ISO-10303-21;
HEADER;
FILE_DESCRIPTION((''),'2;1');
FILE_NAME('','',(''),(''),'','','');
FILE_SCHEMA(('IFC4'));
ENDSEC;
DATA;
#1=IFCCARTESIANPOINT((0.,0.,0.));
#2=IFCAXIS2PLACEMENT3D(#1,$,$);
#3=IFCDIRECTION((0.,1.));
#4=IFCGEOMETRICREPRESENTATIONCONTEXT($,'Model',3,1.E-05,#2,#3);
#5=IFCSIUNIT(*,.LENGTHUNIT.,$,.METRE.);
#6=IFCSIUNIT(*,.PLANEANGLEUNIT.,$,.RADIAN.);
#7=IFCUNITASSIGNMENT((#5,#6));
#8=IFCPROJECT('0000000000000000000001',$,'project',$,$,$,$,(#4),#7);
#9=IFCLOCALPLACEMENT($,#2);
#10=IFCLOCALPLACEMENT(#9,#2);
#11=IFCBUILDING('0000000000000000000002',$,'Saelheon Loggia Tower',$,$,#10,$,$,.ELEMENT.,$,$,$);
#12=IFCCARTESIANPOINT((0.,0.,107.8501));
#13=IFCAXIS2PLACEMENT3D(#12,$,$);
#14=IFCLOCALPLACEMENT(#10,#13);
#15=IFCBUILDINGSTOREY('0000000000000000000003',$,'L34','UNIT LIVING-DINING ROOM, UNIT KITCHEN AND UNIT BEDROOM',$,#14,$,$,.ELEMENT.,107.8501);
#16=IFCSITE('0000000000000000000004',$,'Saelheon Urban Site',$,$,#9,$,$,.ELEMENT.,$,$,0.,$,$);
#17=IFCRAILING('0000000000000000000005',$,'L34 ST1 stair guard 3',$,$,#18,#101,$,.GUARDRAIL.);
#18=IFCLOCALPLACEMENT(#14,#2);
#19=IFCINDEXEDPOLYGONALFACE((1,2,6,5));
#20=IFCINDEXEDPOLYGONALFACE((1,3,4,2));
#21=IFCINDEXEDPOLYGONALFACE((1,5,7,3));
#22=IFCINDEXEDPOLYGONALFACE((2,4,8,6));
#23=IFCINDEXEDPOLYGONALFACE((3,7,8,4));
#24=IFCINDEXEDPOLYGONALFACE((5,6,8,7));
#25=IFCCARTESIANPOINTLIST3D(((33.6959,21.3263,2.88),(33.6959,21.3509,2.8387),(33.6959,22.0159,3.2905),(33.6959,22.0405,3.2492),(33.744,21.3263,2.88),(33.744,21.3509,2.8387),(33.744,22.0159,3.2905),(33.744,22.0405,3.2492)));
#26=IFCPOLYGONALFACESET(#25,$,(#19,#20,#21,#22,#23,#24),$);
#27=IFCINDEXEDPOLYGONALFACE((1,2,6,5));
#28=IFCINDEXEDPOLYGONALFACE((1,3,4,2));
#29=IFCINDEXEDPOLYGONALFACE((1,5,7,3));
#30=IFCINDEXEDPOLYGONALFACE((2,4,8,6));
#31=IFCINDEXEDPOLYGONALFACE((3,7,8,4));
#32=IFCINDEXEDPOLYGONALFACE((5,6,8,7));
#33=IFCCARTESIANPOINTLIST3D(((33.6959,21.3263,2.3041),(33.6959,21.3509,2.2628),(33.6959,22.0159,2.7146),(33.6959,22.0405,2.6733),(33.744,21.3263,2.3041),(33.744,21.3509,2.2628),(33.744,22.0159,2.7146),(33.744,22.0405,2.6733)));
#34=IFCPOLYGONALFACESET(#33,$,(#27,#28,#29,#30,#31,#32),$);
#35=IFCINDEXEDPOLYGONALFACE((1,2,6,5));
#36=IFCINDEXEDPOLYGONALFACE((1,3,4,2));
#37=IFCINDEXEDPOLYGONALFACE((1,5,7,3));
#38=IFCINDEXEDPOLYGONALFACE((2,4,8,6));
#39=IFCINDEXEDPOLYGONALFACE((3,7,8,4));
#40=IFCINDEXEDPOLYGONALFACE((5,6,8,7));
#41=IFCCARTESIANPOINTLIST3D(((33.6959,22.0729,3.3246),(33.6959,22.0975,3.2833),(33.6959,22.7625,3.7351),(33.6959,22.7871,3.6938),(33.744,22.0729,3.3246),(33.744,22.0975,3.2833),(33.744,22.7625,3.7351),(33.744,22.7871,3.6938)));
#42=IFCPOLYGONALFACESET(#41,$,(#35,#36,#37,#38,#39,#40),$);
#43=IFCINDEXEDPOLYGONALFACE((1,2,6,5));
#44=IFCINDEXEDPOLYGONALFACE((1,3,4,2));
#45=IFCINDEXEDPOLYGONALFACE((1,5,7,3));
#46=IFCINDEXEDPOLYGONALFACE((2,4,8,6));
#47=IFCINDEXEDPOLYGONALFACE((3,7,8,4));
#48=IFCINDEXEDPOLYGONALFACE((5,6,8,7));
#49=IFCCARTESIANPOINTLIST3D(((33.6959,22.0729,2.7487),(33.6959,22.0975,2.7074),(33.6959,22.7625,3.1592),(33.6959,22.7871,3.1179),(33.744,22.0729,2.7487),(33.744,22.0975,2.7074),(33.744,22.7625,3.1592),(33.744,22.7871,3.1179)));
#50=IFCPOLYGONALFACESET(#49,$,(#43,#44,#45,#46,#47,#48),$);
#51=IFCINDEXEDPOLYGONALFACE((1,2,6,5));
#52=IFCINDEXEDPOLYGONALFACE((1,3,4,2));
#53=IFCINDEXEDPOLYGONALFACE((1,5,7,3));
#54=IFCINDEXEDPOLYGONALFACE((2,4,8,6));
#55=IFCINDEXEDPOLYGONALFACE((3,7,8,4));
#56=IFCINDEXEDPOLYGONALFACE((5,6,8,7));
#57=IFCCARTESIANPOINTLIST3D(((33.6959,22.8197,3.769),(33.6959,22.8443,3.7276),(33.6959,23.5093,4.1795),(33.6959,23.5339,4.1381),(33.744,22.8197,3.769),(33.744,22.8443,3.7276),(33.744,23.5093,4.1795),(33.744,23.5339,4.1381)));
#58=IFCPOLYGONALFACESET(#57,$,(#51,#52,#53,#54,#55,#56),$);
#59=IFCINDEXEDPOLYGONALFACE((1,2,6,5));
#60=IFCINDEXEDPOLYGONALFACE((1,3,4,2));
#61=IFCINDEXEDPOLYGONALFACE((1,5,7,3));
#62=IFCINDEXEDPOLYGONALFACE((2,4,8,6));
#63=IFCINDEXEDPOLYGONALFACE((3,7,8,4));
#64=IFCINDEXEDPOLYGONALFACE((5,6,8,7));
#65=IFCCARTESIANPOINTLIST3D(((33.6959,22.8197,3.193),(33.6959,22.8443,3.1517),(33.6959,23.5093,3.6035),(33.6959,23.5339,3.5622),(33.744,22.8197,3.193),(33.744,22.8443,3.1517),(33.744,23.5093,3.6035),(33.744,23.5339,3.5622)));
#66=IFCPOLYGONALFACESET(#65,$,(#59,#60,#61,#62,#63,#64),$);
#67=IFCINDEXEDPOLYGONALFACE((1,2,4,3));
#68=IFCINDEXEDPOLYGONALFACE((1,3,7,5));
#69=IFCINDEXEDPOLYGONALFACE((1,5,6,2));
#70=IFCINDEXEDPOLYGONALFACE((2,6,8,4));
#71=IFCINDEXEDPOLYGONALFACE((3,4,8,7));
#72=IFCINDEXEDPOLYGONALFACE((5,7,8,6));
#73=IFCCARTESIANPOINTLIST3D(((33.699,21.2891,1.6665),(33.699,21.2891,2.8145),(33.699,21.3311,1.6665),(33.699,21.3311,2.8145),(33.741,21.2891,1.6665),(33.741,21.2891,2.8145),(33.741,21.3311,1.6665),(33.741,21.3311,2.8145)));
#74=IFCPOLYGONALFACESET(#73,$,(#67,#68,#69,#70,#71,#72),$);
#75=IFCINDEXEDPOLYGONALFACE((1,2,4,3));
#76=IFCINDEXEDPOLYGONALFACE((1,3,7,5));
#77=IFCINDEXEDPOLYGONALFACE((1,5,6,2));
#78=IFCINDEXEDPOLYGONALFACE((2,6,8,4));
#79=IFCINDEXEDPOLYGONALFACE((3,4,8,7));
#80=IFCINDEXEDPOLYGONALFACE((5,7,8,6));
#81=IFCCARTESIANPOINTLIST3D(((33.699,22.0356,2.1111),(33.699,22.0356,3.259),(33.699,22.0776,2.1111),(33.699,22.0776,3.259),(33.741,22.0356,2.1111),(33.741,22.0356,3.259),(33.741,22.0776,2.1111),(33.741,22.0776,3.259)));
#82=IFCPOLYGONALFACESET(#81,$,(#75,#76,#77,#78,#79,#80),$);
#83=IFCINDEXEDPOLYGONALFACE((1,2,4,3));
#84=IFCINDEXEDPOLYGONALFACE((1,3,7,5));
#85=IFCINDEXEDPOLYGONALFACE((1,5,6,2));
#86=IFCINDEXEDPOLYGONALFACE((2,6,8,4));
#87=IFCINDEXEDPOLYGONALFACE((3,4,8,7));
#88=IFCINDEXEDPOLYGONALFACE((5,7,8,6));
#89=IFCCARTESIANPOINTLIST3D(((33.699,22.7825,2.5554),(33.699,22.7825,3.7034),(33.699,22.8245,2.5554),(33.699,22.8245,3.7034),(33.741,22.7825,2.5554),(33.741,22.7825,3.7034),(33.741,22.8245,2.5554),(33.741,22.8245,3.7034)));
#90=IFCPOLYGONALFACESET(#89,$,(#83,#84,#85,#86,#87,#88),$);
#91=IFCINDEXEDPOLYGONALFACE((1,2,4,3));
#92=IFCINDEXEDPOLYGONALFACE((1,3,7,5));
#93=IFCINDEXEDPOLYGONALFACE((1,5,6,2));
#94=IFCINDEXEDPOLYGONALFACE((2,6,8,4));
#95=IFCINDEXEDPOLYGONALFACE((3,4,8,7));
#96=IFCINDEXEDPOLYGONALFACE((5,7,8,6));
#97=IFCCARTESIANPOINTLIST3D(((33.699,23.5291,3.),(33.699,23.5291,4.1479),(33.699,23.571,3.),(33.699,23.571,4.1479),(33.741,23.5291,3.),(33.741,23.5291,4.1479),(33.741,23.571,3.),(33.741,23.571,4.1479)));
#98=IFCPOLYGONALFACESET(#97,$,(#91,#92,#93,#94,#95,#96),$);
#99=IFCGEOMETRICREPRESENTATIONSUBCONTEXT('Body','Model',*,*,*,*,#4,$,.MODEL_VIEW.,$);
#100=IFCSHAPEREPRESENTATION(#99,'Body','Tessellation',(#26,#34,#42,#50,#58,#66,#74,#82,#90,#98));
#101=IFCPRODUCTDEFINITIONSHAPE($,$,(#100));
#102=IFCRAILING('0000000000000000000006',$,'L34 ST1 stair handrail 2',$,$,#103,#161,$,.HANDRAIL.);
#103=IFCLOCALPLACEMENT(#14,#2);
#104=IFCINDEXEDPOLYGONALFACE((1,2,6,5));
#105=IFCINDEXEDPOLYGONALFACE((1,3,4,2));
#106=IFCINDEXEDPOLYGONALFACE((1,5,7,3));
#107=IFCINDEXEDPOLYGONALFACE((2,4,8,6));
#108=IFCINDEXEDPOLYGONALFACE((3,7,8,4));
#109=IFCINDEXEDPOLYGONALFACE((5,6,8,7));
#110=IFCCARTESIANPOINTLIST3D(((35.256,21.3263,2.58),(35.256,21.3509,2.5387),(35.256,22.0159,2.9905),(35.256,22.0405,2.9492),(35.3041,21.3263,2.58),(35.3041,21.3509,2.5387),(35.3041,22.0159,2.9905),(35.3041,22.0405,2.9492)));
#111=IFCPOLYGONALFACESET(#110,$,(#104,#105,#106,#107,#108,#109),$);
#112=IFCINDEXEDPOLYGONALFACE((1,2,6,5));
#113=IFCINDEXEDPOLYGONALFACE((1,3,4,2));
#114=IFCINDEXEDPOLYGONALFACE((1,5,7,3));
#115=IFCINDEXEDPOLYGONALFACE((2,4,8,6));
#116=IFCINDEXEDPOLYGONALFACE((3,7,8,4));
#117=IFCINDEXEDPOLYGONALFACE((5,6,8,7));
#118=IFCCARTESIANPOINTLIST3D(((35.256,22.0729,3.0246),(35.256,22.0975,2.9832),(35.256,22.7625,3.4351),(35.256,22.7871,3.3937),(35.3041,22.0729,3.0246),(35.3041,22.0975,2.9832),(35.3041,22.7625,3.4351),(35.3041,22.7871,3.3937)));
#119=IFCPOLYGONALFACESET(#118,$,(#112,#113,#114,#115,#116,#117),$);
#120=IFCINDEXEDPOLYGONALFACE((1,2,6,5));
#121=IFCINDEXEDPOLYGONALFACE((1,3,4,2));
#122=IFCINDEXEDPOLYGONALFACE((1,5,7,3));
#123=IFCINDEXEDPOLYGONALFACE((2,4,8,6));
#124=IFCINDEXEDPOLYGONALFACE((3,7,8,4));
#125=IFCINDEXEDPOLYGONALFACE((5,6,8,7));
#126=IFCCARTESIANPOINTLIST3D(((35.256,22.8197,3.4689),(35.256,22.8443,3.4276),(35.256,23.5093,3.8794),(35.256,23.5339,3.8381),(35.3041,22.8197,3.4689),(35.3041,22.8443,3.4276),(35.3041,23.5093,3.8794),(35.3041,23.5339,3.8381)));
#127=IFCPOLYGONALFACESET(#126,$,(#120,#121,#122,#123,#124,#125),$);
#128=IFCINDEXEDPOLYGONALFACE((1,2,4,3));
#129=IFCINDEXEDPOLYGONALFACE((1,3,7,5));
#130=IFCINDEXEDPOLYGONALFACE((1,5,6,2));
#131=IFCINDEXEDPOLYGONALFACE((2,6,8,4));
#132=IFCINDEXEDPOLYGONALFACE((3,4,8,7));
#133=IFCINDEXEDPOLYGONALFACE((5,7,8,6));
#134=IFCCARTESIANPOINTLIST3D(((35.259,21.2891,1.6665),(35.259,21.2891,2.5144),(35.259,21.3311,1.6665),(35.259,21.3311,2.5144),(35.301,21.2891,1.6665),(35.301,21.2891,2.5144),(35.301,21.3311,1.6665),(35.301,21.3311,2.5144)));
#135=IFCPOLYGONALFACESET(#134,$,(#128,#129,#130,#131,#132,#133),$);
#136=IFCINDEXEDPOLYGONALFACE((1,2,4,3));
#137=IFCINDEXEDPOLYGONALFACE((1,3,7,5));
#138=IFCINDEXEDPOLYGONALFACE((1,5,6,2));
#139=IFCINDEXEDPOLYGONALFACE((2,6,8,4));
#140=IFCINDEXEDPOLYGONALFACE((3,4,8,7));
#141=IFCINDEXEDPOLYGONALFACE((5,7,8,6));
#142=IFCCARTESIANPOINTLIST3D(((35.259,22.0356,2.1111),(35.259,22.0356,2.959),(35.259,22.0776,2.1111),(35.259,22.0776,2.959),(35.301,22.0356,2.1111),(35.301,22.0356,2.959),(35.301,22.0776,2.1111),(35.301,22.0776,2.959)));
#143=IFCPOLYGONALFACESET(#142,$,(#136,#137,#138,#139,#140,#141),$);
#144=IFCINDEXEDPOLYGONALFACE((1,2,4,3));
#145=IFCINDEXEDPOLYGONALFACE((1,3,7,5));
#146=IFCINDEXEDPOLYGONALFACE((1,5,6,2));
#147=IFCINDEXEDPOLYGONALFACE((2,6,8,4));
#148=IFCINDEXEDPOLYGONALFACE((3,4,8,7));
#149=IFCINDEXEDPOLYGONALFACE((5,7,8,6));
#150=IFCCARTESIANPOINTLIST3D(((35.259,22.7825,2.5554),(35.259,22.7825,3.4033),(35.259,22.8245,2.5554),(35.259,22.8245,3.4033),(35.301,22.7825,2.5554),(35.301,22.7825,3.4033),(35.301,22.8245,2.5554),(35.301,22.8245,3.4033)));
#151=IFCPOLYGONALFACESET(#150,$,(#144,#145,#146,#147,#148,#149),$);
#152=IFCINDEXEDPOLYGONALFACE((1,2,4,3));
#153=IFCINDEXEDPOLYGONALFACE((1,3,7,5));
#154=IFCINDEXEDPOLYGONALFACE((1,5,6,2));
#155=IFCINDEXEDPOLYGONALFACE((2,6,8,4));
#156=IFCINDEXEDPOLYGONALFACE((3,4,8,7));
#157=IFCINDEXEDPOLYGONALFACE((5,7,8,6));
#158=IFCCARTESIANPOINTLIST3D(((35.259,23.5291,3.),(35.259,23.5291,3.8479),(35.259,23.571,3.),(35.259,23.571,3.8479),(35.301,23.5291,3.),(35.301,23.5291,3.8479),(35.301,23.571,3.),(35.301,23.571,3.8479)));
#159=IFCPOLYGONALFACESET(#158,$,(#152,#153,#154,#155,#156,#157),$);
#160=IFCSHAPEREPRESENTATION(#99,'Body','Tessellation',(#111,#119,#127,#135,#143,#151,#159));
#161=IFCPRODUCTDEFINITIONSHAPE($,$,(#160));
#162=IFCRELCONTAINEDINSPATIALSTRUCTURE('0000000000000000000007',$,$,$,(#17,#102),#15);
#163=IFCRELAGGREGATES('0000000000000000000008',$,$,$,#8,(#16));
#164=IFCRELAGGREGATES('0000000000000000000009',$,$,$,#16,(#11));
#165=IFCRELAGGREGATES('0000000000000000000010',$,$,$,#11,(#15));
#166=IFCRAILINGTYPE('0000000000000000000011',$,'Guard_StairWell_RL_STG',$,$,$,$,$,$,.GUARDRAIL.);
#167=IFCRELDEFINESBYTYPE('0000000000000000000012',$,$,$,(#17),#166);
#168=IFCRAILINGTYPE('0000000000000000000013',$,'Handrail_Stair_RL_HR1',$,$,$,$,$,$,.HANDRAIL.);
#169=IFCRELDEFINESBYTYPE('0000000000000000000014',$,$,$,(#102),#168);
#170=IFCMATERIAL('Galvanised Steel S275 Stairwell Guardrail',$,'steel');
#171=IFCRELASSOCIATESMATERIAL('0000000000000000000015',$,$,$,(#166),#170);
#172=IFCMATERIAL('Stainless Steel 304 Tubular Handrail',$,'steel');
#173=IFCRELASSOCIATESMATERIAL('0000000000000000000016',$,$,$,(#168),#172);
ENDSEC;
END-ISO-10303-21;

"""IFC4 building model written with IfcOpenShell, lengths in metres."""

from ifc_helpers import new_model, si_unit, direction, frame, origin, origin_2d, place, context, subcontext, project, spatial, rectangle, extrude, material, type_object, element, save


model = new_model("IFC4")

# Units and contexts
model_context = context("Model", 3, precision=1e-05, world=origin(), true_north=direction((0.0, 1.0)))
body_context = subcontext(model_context, "Body", "Model", "MODEL_VIEW")
ifc_project = project(units=[si_unit("LENGTHUNIT", "METRE"), si_unit("PLANEANGLEUNIT", "RADIAN")], contexts=[model_context])

# Site, building, storey
site_placement = place(None, origin())
site = spatial("IfcSite", under=ifc_project, at=site_placement, Name="Saelheon Urban Site", CompositionType="ELEMENT", RefElevation=0.0)
building_placement = place(site_placement, origin())
building = spatial("IfcBuilding", under=site, at=building_placement, Name="Saelheon Loggia Tower", CompositionType="ELEMENT")
storey_placement = place(building_placement, frame((0.0, 0.0, 107.8501)))
storey = spatial("IfcBuildingStorey", under=building, at=storey_placement, Name="L34", Description="UNIT LIVING-DINING ROOM, UNIT KITCHEN AND UNIT BEDROOM", CompositionType="ELEMENT", Elevation=107.8501)

# Railings
ifc_material_1 = material(Name="Galvanised Steel S275 Stairwell Guardrail", Category="steel")
railing_type_1 = type_object("IfcRailingType", Name="Guard_StairWell_RL_STG", PredefinedType="GUARDRAIL", material=ifc_material_1)
railing_1_placement = place(storey_placement, frame((33.72, 21.3101, 1.6665)))
element("IfcRailing", 1, at=railing_1_placement, inside=storey, type_object=railing_type_1, Name="L34 ST1 stair guard 3", PredefinedType="GUARDRAIL", context=body_context, shape_type="SweptSolid", body=[
    extrude(rectangle(XDim=0.0481, YDim=0.0481, at=origin_2d()), frame((0.0, 0.0286, 1.1929), z_axis=(0.0, 0.859264, 0.511532), x_axis=(-1.0, 0.0, 0.0)), (0.0, 0.0, 1.0), 0.8025),
    extrude(rectangle(XDim=0.0481, YDim=0.0481, at=origin_2d()), frame((0.0, 0.0286, 0.6169), z_axis=(0.0, 0.859264, 0.511532), x_axis=(-1.0, 0.0, 0.0)), (0.0, 0.0, 1.0), 0.8025),
    extrude(rectangle(XDim=0.0481, YDim=0.0481, at=origin_2d()), frame((0.0, 0.7751, 1.6375), z_axis=(0.0, 0.859264, 0.511532), x_axis=(-1.0, 0.0, 0.0)), (0.0, 0.0, 1.0), 0.8025),
    extrude(rectangle(XDim=0.0481, YDim=0.0481, at=origin_2d()), frame((0.0, 0.7751, 1.0615), z_axis=(0.0, 0.859264, 0.511532), x_axis=(-1.0, 0.0, 0.0)), (0.0, 0.0, 1.0), 0.8025),
    extrude(rectangle(XDim=0.0481, YDim=0.0481, at=origin_2d()), frame((0.0, 1.522, 2.0818), z_axis=(0.0, 0.859264, 0.511532), x_axis=(-1.0, 0.0, 0.0)), (0.0, 0.0, 1.0), 0.8025),
    extrude(rectangle(XDim=0.0481, YDim=0.0481, at=origin_2d()), frame((0.0, 1.522, 1.5059), z_axis=(0.0, 0.859264, 0.511532), x_axis=(-1.0, 0.0, 0.0)), (0.0, 0.0, 1.0), 0.8025),
    extrude(rectangle(XDim=0.042, YDim=0.042, at=origin_2d()), origin(), (0.0, 0.0, 1.0), 1.1479),
    extrude(rectangle(XDim=0.042, YDim=0.042, at=origin_2d()), frame((0.0, 0.7466, 0.4446)), (0.0, 0.0, 1.0), 1.1479),
    extrude(rectangle(XDim=0.042, YDim=0.042, at=origin_2d()), frame((0.0, 1.4934, 0.8889)), (0.0, 0.0, 1.0), 1.1479),
    extrude(rectangle(XDim=0.042, YDim=0.042, at=origin_2d()), frame((0.0, 2.24, 1.3335)), (0.0, 0.0, 1.0), 1.1479),
])
ifc_material_2 = material(Name="Stainless Steel 304 Tubular Handrail", Category="steel")
railing_type_2 = type_object("IfcRailingType", Name="Handrail_Stair_RL_HR1", PredefinedType="HANDRAIL", material=ifc_material_2)
railing_2_placement = place(storey_placement, frame((35.28, 21.3101, 1.6665)))
element("IfcRailing", 2, at=railing_2_placement, inside=storey, type_object=railing_type_2, Name="L34 ST1 stair handrail 2", PredefinedType="HANDRAIL", context=body_context, shape_type="SweptSolid", body=[
    extrude(rectangle(XDim=0.0481, YDim=0.0481, at=origin_2d()), frame((0.0, 0.0286, 0.8928), z_axis=(0.0, 0.859264, 0.511532), x_axis=(-1.0, 0.0, 0.0)), (0.0, 0.0, 1.0), 0.8025),
    extrude(rectangle(XDim=0.0481, YDim=0.0481, at=origin_2d()), frame((0.0, 0.7751, 1.3374), z_axis=(0.0, 0.859264, 0.511532), x_axis=(-1.0, 0.0, 0.0)), (0.0, 0.0, 1.0), 0.8025),
    extrude(rectangle(XDim=0.0481, YDim=0.0481, at=origin_2d()), frame((0.0, 1.522, 1.7817), z_axis=(0.0, 0.859264, 0.511532), x_axis=(-1.0, 0.0, 0.0)), (0.0, 0.0, 1.0), 0.8025),
    extrude(rectangle(XDim=0.042, YDim=0.042, at=origin_2d()), origin(), (0.0, 0.0, 1.0), 0.8479),
    extrude(rectangle(XDim=0.042, YDim=0.042, at=origin_2d()), frame((0.0, 0.7466, 0.4446)), (0.0, 0.0, 1.0), 0.8479),
    extrude(rectangle(XDim=0.042, YDim=0.042, at=origin_2d()), frame((0.0, 1.4934, 0.8889)), (0.0, 0.0, 1.0), 0.8479),
    extrude(rectangle(XDim=0.042, YDim=0.042, at=origin_2d()), frame((0.0, 2.24, 1.3335)), (0.0, 0.0, 1.0), 0.8479),
])

save(model, "model.ifc")
